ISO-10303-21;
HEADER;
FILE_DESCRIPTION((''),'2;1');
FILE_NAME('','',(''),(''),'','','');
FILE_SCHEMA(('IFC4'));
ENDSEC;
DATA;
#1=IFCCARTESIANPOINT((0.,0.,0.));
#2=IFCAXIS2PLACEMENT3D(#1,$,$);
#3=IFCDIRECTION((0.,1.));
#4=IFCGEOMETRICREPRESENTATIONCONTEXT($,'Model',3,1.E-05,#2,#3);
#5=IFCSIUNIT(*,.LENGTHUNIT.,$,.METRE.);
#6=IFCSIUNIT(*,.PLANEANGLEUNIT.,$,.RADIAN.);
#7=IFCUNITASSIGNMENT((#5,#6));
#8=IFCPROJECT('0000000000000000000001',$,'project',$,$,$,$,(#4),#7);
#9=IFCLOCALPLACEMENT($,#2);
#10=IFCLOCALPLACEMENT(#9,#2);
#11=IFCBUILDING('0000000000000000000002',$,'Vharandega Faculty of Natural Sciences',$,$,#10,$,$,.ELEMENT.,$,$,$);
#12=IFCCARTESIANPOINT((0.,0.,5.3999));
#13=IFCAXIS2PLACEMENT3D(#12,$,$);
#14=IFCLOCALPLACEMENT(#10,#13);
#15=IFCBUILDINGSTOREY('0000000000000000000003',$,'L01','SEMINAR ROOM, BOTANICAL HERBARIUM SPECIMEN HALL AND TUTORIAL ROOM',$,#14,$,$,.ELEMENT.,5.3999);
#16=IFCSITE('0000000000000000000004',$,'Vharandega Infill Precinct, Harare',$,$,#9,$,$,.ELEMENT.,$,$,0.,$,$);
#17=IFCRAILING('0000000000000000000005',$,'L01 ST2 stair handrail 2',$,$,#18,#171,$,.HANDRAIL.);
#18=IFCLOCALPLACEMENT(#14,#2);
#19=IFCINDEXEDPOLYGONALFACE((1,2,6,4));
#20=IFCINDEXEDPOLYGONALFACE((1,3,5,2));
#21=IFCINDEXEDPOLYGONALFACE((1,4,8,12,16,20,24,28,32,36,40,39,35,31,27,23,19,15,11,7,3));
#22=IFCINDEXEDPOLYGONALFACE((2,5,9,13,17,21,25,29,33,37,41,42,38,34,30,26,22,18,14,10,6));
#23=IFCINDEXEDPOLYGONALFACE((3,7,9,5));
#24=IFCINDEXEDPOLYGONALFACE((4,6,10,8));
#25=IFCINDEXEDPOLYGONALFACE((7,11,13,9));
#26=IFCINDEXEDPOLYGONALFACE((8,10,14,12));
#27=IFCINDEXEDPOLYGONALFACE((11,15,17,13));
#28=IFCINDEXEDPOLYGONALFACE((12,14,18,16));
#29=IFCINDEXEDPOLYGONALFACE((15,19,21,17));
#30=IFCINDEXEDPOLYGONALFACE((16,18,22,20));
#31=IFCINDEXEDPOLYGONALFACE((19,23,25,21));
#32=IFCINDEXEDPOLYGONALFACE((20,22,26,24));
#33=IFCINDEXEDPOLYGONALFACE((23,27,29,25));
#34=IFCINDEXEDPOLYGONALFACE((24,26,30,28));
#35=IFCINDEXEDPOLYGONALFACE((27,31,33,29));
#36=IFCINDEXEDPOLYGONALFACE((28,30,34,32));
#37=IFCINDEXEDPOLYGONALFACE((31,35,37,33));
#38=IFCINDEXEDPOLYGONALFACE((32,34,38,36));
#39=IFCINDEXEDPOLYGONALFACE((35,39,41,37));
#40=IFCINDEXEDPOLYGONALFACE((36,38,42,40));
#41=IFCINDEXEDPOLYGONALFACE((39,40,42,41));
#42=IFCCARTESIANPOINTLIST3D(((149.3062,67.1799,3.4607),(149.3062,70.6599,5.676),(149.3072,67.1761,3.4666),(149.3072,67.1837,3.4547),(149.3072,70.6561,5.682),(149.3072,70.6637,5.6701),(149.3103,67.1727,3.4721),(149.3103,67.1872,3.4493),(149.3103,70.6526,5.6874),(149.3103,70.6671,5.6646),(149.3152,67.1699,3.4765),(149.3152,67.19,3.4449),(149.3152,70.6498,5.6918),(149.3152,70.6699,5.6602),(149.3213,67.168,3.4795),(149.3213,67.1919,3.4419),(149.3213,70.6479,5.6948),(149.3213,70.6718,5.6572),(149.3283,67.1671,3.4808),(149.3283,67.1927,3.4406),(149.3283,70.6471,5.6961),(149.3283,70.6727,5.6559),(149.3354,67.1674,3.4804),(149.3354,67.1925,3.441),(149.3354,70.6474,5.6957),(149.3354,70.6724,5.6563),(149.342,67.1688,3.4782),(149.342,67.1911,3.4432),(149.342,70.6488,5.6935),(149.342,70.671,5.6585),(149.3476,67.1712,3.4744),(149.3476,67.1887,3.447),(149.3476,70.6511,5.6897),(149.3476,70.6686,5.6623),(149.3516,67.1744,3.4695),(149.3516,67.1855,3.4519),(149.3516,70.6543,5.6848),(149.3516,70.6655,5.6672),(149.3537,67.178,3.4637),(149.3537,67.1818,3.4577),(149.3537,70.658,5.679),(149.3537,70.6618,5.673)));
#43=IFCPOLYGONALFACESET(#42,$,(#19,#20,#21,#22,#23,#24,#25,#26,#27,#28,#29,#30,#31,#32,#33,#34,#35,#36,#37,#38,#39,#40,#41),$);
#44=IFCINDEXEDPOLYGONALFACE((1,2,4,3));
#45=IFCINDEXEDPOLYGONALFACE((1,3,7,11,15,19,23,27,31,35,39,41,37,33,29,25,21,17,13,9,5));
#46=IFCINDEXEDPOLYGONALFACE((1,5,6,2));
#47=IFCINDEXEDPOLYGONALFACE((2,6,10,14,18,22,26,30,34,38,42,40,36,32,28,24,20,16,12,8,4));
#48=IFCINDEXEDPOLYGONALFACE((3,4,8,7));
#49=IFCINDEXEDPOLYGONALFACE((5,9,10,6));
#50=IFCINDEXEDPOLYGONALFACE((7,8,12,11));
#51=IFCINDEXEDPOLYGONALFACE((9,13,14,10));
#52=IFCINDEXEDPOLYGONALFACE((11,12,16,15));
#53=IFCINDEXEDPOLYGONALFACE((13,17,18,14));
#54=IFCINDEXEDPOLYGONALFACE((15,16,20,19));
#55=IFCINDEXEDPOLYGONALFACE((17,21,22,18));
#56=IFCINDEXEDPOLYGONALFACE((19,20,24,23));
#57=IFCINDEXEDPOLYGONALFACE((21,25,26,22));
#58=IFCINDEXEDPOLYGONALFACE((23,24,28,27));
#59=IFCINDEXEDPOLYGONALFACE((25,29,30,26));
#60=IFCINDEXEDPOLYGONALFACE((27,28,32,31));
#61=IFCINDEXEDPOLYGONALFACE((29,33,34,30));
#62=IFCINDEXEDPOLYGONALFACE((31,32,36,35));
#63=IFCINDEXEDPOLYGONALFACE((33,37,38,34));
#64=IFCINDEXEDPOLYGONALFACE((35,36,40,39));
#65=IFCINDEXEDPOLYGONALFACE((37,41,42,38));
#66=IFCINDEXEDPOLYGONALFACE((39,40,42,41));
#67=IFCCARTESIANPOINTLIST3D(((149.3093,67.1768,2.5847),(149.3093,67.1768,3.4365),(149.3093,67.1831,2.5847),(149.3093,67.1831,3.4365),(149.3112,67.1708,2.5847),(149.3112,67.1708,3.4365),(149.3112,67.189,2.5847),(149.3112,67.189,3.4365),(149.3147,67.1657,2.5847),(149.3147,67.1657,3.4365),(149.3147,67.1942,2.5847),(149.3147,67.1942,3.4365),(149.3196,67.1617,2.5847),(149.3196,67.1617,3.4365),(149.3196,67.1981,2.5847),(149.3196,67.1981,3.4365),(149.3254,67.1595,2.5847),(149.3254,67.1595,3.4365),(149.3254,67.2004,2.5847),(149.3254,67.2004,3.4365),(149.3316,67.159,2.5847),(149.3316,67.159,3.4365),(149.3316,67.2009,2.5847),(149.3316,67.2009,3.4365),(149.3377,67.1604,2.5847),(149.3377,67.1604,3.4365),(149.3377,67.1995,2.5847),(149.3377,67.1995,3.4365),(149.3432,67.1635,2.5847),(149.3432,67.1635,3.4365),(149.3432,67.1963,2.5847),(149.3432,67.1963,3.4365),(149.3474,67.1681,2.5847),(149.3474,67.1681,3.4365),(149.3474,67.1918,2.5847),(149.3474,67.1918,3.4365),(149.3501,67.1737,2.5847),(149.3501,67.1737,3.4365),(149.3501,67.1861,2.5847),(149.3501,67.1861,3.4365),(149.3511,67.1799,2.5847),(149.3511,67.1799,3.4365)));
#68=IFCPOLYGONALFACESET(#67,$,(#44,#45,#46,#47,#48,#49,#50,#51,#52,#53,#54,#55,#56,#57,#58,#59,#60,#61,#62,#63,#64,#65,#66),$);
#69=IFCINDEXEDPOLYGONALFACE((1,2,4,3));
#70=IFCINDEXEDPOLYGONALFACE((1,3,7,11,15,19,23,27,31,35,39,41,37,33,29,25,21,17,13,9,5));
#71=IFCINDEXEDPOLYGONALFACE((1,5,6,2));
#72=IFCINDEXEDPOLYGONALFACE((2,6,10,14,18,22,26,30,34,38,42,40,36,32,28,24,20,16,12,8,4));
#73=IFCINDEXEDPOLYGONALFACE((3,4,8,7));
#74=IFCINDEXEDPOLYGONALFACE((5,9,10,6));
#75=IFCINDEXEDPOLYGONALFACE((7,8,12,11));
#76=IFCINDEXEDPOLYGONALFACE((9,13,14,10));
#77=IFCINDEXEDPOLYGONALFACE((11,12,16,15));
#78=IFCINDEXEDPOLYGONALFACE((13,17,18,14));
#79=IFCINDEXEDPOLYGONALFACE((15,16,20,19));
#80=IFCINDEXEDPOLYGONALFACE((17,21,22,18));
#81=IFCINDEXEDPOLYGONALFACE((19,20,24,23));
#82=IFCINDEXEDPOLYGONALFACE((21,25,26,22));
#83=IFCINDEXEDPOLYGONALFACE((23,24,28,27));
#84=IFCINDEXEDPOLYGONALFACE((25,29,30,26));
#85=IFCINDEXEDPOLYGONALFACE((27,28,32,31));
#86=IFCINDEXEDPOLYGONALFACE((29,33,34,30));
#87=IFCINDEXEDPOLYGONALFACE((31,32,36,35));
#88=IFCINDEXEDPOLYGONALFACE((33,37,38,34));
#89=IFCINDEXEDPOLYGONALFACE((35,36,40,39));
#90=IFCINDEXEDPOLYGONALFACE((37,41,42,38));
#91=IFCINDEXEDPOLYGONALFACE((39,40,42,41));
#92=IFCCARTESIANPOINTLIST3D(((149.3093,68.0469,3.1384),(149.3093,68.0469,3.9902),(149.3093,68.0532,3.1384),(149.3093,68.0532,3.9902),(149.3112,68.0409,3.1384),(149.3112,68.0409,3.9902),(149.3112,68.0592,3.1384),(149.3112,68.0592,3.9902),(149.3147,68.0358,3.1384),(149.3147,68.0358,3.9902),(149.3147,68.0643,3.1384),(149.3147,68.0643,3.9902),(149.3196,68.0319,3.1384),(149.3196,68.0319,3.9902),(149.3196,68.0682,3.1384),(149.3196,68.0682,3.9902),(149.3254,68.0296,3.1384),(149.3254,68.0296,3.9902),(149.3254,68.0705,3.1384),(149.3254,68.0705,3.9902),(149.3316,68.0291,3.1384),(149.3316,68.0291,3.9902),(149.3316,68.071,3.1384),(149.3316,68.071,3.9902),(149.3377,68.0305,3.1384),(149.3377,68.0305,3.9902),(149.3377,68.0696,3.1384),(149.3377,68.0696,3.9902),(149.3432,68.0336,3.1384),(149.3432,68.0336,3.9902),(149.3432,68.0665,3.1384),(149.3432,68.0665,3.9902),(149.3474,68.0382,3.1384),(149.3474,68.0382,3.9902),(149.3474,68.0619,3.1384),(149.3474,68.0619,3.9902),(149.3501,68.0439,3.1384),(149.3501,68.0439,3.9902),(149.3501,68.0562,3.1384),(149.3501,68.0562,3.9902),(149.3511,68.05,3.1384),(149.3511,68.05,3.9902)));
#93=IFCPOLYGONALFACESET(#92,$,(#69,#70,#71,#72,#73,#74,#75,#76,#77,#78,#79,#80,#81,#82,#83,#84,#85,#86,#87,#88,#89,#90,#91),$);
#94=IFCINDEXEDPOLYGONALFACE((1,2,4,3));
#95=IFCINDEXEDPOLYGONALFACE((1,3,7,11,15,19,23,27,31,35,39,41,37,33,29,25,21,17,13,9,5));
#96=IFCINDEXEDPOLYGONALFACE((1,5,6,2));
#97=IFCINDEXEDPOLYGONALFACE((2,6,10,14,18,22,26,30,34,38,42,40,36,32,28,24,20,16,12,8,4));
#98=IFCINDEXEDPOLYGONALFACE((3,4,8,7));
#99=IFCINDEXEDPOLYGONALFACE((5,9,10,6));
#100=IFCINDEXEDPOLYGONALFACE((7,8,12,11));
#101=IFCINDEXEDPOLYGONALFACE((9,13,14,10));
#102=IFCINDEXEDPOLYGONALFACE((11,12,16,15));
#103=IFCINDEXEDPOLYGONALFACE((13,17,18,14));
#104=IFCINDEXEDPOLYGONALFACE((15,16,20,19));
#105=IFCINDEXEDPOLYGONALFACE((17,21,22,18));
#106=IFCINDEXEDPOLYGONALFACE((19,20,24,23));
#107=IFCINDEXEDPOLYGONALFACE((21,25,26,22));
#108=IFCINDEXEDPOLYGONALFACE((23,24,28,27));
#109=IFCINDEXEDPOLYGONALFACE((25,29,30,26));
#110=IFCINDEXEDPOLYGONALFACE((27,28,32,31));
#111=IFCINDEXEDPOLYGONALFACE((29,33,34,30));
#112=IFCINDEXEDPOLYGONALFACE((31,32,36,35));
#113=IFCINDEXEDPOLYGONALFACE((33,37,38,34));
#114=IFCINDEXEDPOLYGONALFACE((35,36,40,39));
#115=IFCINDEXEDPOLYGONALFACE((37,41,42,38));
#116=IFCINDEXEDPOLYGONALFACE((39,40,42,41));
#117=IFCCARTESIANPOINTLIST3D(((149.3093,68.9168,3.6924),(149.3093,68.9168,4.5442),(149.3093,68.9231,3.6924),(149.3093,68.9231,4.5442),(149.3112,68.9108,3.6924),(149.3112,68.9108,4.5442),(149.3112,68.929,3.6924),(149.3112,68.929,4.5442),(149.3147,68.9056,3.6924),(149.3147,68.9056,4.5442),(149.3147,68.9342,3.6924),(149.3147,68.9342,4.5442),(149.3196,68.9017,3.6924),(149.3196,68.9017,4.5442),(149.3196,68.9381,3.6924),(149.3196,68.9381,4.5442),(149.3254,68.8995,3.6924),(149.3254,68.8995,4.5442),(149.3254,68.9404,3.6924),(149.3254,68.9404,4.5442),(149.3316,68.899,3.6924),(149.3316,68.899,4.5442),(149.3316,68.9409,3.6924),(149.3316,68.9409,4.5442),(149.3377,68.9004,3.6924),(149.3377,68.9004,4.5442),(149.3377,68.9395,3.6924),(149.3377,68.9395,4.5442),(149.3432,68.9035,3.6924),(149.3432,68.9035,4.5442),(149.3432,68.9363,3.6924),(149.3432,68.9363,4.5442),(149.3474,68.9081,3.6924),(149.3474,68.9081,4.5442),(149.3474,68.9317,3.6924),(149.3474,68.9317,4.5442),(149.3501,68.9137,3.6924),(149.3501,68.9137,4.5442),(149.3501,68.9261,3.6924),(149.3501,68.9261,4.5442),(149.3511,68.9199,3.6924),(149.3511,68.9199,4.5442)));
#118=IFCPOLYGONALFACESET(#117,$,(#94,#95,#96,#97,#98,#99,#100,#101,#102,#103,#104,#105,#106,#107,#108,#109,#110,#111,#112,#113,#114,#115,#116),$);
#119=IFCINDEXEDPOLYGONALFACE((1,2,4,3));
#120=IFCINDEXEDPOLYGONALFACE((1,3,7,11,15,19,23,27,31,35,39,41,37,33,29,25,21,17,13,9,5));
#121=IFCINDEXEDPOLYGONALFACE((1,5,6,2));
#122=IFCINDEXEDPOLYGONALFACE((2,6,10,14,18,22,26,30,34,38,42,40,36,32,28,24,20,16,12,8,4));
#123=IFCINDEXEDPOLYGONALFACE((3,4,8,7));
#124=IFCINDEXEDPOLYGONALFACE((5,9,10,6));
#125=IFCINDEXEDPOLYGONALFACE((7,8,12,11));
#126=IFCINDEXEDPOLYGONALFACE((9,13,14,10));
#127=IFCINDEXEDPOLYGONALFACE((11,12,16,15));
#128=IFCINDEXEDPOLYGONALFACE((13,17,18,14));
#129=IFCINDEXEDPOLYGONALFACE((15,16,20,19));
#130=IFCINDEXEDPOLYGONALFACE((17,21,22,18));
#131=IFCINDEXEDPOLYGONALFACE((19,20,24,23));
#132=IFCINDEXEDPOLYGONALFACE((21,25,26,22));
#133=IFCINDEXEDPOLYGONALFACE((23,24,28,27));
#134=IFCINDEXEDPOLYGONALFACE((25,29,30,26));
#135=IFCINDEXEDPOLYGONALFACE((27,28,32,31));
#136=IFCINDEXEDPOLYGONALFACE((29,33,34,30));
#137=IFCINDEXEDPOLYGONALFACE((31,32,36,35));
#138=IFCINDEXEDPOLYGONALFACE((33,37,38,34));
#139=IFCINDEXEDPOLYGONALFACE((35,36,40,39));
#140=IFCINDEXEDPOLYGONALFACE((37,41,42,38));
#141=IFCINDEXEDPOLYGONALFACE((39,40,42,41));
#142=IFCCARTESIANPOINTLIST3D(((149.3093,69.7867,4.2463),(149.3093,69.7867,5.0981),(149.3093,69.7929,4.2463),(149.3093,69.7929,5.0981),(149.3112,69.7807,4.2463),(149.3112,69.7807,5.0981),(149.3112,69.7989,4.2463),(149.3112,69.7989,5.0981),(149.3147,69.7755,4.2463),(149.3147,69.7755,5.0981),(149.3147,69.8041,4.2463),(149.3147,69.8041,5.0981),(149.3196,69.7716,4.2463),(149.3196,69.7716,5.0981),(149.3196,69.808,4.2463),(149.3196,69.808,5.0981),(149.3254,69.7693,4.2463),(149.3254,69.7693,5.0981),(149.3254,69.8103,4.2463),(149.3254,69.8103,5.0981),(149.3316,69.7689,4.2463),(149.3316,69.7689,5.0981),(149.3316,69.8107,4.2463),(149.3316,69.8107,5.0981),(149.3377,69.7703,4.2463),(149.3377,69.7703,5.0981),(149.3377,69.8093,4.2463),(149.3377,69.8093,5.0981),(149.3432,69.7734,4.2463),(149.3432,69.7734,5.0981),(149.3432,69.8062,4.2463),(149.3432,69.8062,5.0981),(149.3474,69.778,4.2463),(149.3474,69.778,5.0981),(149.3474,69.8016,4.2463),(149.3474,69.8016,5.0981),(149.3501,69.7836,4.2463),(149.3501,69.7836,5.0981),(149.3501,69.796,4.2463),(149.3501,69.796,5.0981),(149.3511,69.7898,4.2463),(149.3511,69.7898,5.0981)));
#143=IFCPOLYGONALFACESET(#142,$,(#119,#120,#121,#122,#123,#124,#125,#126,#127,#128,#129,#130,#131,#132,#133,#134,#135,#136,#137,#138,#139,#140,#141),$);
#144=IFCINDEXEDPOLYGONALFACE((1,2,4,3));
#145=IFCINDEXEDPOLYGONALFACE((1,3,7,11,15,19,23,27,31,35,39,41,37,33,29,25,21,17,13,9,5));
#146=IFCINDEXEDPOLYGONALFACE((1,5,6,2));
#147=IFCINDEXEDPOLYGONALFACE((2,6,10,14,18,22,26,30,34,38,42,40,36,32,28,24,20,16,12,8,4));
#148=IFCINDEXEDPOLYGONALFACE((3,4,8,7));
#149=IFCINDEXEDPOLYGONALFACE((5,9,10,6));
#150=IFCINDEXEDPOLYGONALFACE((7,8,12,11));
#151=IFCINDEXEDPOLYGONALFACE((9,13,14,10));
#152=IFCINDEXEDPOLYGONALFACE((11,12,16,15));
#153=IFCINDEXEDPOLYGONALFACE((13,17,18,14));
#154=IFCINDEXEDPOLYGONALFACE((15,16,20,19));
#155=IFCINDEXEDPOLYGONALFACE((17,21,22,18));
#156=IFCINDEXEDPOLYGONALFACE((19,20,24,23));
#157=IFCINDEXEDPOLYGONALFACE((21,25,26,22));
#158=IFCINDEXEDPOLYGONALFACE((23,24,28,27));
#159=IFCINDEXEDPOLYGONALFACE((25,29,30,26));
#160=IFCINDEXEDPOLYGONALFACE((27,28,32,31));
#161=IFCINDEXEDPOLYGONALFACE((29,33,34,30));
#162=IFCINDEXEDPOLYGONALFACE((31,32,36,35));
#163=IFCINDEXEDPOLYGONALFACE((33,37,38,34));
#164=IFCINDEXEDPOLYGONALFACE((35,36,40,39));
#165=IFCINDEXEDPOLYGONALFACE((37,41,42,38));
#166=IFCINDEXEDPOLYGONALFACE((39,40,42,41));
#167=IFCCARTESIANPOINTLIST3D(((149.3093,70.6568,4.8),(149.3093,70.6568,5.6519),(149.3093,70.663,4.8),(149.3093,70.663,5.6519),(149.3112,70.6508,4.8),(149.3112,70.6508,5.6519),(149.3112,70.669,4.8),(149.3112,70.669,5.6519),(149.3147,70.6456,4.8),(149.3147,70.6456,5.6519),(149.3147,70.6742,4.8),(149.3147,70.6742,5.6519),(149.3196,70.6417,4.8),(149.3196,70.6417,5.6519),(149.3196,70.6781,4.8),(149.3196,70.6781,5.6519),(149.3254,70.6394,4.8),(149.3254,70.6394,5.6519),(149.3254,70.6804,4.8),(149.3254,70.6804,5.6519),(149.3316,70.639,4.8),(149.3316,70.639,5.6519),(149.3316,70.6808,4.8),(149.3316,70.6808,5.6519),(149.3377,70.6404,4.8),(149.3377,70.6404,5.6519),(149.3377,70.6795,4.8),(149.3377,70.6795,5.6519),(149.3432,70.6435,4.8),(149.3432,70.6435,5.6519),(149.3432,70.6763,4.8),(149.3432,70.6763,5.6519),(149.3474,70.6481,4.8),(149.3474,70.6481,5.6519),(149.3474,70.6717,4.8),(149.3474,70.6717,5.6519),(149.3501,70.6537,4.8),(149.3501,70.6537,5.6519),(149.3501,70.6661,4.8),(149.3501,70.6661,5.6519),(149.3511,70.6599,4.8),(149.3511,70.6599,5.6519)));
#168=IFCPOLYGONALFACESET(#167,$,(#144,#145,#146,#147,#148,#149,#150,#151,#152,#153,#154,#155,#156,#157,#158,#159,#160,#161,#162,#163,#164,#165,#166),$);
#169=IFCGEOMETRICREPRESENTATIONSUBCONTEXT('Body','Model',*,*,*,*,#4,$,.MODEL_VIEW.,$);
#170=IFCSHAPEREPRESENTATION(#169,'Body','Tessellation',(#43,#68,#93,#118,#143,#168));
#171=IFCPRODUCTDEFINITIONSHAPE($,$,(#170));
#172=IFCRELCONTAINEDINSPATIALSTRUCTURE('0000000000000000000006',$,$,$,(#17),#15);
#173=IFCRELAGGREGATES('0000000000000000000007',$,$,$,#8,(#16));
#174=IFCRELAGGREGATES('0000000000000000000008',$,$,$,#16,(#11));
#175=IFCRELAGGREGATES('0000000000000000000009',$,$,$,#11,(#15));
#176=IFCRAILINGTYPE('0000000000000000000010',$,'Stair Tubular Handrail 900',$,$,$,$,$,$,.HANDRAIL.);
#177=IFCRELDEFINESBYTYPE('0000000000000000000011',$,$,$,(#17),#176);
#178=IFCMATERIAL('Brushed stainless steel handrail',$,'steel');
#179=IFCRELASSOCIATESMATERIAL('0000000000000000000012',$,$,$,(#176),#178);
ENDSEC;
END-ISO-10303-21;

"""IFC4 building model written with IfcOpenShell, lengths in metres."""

from ifc_helpers import new_model, si_unit, direction, frame, origin, origin_2d, place, context, subcontext, project, spatial, circle, extrude, material, type_object, element, save


model = new_model("IFC4")

# Units and contexts
model_context = context("Model", 3, precision=1e-05, world=origin(), true_north=direction((0.0, 1.0)))
body_context = subcontext(model_context, "Body", "Model", "MODEL_VIEW")
ifc_project = project(units=[si_unit("LENGTHUNIT", "METRE"), si_unit("PLANEANGLEUNIT", "RADIAN")], contexts=[model_context])

# Site, building, storey
site_placement = place(None, origin())
site = spatial("IfcSite", under=ifc_project, at=site_placement, Name="Vharandega Infill Precinct, Harare", CompositionType="ELEMENT", RefElevation=0.0)
building_placement = place(site_placement, origin())
building = spatial("IfcBuilding", under=site, at=building_placement, Name="Vharandega Faculty of Natural Sciences", CompositionType="ELEMENT")
storey_placement = place(building_placement, frame((0.0, 0.0, 5.3999)))
storey = spatial("IfcBuildingStorey", under=building, at=storey_placement, Name="L01", Description="SEMINAR ROOM, BOTANICAL HERBARIUM SPECIMEN HALL AND TUTORIAL ROOM", CompositionType="ELEMENT", Elevation=5.3999)

# Railing
ifc_material_1 = material(Name="Brushed stainless steel handrail", Category="steel")
railing_type_1 = type_object("IfcRailingType", Name="Stair Tubular Handrail 900", PredefinedType="HANDRAIL", material=ifc_material_1)
railing_1_placement = place(storey_placement, frame((149.3301, 67.1799, 2.5847)))
element("IfcRailing", 1, at=railing_1_placement, inside=storey, type_object=railing_type_1, Name="L01 ST2 stair handrail 2", PredefinedType="HANDRAIL", context=body_context, shape_type="SweptSolid", body=[
    extrude(circle(Radius=0.0239, at=origin_2d()), frame((0.0, 0.0, 0.876), z_axis=(0.0, 0.843574, 0.537013), x_axis=(-1.0, 0.0, 0.0)), (0.0, 0.0, 1.0), 4.1252),
    extrude(circle(Radius=0.021, at=origin_2d()), origin(), (0.0, 0.0, 1.0), 0.8518),
    extrude(circle(Radius=0.021, at=origin_2d()), frame((0.0, 0.8701, 0.5537)), (0.0, 0.0, 1.0), 0.8518),
    extrude(circle(Radius=0.021, at=origin_2d()), frame((0.0, 1.74, 1.1077)), (0.0, 0.0, 1.0), 0.8518),
    extrude(circle(Radius=0.021, at=origin_2d()), frame((0.0, 2.6099, 1.6616)), (0.0, 0.0, 1.0), 0.8518),
    extrude(circle(Radius=0.021, at=origin_2d()), frame((0.0, 3.48, 2.2153)), (0.0, 0.0, 1.0), 0.8518),
])

save(model, "model.ifc")
